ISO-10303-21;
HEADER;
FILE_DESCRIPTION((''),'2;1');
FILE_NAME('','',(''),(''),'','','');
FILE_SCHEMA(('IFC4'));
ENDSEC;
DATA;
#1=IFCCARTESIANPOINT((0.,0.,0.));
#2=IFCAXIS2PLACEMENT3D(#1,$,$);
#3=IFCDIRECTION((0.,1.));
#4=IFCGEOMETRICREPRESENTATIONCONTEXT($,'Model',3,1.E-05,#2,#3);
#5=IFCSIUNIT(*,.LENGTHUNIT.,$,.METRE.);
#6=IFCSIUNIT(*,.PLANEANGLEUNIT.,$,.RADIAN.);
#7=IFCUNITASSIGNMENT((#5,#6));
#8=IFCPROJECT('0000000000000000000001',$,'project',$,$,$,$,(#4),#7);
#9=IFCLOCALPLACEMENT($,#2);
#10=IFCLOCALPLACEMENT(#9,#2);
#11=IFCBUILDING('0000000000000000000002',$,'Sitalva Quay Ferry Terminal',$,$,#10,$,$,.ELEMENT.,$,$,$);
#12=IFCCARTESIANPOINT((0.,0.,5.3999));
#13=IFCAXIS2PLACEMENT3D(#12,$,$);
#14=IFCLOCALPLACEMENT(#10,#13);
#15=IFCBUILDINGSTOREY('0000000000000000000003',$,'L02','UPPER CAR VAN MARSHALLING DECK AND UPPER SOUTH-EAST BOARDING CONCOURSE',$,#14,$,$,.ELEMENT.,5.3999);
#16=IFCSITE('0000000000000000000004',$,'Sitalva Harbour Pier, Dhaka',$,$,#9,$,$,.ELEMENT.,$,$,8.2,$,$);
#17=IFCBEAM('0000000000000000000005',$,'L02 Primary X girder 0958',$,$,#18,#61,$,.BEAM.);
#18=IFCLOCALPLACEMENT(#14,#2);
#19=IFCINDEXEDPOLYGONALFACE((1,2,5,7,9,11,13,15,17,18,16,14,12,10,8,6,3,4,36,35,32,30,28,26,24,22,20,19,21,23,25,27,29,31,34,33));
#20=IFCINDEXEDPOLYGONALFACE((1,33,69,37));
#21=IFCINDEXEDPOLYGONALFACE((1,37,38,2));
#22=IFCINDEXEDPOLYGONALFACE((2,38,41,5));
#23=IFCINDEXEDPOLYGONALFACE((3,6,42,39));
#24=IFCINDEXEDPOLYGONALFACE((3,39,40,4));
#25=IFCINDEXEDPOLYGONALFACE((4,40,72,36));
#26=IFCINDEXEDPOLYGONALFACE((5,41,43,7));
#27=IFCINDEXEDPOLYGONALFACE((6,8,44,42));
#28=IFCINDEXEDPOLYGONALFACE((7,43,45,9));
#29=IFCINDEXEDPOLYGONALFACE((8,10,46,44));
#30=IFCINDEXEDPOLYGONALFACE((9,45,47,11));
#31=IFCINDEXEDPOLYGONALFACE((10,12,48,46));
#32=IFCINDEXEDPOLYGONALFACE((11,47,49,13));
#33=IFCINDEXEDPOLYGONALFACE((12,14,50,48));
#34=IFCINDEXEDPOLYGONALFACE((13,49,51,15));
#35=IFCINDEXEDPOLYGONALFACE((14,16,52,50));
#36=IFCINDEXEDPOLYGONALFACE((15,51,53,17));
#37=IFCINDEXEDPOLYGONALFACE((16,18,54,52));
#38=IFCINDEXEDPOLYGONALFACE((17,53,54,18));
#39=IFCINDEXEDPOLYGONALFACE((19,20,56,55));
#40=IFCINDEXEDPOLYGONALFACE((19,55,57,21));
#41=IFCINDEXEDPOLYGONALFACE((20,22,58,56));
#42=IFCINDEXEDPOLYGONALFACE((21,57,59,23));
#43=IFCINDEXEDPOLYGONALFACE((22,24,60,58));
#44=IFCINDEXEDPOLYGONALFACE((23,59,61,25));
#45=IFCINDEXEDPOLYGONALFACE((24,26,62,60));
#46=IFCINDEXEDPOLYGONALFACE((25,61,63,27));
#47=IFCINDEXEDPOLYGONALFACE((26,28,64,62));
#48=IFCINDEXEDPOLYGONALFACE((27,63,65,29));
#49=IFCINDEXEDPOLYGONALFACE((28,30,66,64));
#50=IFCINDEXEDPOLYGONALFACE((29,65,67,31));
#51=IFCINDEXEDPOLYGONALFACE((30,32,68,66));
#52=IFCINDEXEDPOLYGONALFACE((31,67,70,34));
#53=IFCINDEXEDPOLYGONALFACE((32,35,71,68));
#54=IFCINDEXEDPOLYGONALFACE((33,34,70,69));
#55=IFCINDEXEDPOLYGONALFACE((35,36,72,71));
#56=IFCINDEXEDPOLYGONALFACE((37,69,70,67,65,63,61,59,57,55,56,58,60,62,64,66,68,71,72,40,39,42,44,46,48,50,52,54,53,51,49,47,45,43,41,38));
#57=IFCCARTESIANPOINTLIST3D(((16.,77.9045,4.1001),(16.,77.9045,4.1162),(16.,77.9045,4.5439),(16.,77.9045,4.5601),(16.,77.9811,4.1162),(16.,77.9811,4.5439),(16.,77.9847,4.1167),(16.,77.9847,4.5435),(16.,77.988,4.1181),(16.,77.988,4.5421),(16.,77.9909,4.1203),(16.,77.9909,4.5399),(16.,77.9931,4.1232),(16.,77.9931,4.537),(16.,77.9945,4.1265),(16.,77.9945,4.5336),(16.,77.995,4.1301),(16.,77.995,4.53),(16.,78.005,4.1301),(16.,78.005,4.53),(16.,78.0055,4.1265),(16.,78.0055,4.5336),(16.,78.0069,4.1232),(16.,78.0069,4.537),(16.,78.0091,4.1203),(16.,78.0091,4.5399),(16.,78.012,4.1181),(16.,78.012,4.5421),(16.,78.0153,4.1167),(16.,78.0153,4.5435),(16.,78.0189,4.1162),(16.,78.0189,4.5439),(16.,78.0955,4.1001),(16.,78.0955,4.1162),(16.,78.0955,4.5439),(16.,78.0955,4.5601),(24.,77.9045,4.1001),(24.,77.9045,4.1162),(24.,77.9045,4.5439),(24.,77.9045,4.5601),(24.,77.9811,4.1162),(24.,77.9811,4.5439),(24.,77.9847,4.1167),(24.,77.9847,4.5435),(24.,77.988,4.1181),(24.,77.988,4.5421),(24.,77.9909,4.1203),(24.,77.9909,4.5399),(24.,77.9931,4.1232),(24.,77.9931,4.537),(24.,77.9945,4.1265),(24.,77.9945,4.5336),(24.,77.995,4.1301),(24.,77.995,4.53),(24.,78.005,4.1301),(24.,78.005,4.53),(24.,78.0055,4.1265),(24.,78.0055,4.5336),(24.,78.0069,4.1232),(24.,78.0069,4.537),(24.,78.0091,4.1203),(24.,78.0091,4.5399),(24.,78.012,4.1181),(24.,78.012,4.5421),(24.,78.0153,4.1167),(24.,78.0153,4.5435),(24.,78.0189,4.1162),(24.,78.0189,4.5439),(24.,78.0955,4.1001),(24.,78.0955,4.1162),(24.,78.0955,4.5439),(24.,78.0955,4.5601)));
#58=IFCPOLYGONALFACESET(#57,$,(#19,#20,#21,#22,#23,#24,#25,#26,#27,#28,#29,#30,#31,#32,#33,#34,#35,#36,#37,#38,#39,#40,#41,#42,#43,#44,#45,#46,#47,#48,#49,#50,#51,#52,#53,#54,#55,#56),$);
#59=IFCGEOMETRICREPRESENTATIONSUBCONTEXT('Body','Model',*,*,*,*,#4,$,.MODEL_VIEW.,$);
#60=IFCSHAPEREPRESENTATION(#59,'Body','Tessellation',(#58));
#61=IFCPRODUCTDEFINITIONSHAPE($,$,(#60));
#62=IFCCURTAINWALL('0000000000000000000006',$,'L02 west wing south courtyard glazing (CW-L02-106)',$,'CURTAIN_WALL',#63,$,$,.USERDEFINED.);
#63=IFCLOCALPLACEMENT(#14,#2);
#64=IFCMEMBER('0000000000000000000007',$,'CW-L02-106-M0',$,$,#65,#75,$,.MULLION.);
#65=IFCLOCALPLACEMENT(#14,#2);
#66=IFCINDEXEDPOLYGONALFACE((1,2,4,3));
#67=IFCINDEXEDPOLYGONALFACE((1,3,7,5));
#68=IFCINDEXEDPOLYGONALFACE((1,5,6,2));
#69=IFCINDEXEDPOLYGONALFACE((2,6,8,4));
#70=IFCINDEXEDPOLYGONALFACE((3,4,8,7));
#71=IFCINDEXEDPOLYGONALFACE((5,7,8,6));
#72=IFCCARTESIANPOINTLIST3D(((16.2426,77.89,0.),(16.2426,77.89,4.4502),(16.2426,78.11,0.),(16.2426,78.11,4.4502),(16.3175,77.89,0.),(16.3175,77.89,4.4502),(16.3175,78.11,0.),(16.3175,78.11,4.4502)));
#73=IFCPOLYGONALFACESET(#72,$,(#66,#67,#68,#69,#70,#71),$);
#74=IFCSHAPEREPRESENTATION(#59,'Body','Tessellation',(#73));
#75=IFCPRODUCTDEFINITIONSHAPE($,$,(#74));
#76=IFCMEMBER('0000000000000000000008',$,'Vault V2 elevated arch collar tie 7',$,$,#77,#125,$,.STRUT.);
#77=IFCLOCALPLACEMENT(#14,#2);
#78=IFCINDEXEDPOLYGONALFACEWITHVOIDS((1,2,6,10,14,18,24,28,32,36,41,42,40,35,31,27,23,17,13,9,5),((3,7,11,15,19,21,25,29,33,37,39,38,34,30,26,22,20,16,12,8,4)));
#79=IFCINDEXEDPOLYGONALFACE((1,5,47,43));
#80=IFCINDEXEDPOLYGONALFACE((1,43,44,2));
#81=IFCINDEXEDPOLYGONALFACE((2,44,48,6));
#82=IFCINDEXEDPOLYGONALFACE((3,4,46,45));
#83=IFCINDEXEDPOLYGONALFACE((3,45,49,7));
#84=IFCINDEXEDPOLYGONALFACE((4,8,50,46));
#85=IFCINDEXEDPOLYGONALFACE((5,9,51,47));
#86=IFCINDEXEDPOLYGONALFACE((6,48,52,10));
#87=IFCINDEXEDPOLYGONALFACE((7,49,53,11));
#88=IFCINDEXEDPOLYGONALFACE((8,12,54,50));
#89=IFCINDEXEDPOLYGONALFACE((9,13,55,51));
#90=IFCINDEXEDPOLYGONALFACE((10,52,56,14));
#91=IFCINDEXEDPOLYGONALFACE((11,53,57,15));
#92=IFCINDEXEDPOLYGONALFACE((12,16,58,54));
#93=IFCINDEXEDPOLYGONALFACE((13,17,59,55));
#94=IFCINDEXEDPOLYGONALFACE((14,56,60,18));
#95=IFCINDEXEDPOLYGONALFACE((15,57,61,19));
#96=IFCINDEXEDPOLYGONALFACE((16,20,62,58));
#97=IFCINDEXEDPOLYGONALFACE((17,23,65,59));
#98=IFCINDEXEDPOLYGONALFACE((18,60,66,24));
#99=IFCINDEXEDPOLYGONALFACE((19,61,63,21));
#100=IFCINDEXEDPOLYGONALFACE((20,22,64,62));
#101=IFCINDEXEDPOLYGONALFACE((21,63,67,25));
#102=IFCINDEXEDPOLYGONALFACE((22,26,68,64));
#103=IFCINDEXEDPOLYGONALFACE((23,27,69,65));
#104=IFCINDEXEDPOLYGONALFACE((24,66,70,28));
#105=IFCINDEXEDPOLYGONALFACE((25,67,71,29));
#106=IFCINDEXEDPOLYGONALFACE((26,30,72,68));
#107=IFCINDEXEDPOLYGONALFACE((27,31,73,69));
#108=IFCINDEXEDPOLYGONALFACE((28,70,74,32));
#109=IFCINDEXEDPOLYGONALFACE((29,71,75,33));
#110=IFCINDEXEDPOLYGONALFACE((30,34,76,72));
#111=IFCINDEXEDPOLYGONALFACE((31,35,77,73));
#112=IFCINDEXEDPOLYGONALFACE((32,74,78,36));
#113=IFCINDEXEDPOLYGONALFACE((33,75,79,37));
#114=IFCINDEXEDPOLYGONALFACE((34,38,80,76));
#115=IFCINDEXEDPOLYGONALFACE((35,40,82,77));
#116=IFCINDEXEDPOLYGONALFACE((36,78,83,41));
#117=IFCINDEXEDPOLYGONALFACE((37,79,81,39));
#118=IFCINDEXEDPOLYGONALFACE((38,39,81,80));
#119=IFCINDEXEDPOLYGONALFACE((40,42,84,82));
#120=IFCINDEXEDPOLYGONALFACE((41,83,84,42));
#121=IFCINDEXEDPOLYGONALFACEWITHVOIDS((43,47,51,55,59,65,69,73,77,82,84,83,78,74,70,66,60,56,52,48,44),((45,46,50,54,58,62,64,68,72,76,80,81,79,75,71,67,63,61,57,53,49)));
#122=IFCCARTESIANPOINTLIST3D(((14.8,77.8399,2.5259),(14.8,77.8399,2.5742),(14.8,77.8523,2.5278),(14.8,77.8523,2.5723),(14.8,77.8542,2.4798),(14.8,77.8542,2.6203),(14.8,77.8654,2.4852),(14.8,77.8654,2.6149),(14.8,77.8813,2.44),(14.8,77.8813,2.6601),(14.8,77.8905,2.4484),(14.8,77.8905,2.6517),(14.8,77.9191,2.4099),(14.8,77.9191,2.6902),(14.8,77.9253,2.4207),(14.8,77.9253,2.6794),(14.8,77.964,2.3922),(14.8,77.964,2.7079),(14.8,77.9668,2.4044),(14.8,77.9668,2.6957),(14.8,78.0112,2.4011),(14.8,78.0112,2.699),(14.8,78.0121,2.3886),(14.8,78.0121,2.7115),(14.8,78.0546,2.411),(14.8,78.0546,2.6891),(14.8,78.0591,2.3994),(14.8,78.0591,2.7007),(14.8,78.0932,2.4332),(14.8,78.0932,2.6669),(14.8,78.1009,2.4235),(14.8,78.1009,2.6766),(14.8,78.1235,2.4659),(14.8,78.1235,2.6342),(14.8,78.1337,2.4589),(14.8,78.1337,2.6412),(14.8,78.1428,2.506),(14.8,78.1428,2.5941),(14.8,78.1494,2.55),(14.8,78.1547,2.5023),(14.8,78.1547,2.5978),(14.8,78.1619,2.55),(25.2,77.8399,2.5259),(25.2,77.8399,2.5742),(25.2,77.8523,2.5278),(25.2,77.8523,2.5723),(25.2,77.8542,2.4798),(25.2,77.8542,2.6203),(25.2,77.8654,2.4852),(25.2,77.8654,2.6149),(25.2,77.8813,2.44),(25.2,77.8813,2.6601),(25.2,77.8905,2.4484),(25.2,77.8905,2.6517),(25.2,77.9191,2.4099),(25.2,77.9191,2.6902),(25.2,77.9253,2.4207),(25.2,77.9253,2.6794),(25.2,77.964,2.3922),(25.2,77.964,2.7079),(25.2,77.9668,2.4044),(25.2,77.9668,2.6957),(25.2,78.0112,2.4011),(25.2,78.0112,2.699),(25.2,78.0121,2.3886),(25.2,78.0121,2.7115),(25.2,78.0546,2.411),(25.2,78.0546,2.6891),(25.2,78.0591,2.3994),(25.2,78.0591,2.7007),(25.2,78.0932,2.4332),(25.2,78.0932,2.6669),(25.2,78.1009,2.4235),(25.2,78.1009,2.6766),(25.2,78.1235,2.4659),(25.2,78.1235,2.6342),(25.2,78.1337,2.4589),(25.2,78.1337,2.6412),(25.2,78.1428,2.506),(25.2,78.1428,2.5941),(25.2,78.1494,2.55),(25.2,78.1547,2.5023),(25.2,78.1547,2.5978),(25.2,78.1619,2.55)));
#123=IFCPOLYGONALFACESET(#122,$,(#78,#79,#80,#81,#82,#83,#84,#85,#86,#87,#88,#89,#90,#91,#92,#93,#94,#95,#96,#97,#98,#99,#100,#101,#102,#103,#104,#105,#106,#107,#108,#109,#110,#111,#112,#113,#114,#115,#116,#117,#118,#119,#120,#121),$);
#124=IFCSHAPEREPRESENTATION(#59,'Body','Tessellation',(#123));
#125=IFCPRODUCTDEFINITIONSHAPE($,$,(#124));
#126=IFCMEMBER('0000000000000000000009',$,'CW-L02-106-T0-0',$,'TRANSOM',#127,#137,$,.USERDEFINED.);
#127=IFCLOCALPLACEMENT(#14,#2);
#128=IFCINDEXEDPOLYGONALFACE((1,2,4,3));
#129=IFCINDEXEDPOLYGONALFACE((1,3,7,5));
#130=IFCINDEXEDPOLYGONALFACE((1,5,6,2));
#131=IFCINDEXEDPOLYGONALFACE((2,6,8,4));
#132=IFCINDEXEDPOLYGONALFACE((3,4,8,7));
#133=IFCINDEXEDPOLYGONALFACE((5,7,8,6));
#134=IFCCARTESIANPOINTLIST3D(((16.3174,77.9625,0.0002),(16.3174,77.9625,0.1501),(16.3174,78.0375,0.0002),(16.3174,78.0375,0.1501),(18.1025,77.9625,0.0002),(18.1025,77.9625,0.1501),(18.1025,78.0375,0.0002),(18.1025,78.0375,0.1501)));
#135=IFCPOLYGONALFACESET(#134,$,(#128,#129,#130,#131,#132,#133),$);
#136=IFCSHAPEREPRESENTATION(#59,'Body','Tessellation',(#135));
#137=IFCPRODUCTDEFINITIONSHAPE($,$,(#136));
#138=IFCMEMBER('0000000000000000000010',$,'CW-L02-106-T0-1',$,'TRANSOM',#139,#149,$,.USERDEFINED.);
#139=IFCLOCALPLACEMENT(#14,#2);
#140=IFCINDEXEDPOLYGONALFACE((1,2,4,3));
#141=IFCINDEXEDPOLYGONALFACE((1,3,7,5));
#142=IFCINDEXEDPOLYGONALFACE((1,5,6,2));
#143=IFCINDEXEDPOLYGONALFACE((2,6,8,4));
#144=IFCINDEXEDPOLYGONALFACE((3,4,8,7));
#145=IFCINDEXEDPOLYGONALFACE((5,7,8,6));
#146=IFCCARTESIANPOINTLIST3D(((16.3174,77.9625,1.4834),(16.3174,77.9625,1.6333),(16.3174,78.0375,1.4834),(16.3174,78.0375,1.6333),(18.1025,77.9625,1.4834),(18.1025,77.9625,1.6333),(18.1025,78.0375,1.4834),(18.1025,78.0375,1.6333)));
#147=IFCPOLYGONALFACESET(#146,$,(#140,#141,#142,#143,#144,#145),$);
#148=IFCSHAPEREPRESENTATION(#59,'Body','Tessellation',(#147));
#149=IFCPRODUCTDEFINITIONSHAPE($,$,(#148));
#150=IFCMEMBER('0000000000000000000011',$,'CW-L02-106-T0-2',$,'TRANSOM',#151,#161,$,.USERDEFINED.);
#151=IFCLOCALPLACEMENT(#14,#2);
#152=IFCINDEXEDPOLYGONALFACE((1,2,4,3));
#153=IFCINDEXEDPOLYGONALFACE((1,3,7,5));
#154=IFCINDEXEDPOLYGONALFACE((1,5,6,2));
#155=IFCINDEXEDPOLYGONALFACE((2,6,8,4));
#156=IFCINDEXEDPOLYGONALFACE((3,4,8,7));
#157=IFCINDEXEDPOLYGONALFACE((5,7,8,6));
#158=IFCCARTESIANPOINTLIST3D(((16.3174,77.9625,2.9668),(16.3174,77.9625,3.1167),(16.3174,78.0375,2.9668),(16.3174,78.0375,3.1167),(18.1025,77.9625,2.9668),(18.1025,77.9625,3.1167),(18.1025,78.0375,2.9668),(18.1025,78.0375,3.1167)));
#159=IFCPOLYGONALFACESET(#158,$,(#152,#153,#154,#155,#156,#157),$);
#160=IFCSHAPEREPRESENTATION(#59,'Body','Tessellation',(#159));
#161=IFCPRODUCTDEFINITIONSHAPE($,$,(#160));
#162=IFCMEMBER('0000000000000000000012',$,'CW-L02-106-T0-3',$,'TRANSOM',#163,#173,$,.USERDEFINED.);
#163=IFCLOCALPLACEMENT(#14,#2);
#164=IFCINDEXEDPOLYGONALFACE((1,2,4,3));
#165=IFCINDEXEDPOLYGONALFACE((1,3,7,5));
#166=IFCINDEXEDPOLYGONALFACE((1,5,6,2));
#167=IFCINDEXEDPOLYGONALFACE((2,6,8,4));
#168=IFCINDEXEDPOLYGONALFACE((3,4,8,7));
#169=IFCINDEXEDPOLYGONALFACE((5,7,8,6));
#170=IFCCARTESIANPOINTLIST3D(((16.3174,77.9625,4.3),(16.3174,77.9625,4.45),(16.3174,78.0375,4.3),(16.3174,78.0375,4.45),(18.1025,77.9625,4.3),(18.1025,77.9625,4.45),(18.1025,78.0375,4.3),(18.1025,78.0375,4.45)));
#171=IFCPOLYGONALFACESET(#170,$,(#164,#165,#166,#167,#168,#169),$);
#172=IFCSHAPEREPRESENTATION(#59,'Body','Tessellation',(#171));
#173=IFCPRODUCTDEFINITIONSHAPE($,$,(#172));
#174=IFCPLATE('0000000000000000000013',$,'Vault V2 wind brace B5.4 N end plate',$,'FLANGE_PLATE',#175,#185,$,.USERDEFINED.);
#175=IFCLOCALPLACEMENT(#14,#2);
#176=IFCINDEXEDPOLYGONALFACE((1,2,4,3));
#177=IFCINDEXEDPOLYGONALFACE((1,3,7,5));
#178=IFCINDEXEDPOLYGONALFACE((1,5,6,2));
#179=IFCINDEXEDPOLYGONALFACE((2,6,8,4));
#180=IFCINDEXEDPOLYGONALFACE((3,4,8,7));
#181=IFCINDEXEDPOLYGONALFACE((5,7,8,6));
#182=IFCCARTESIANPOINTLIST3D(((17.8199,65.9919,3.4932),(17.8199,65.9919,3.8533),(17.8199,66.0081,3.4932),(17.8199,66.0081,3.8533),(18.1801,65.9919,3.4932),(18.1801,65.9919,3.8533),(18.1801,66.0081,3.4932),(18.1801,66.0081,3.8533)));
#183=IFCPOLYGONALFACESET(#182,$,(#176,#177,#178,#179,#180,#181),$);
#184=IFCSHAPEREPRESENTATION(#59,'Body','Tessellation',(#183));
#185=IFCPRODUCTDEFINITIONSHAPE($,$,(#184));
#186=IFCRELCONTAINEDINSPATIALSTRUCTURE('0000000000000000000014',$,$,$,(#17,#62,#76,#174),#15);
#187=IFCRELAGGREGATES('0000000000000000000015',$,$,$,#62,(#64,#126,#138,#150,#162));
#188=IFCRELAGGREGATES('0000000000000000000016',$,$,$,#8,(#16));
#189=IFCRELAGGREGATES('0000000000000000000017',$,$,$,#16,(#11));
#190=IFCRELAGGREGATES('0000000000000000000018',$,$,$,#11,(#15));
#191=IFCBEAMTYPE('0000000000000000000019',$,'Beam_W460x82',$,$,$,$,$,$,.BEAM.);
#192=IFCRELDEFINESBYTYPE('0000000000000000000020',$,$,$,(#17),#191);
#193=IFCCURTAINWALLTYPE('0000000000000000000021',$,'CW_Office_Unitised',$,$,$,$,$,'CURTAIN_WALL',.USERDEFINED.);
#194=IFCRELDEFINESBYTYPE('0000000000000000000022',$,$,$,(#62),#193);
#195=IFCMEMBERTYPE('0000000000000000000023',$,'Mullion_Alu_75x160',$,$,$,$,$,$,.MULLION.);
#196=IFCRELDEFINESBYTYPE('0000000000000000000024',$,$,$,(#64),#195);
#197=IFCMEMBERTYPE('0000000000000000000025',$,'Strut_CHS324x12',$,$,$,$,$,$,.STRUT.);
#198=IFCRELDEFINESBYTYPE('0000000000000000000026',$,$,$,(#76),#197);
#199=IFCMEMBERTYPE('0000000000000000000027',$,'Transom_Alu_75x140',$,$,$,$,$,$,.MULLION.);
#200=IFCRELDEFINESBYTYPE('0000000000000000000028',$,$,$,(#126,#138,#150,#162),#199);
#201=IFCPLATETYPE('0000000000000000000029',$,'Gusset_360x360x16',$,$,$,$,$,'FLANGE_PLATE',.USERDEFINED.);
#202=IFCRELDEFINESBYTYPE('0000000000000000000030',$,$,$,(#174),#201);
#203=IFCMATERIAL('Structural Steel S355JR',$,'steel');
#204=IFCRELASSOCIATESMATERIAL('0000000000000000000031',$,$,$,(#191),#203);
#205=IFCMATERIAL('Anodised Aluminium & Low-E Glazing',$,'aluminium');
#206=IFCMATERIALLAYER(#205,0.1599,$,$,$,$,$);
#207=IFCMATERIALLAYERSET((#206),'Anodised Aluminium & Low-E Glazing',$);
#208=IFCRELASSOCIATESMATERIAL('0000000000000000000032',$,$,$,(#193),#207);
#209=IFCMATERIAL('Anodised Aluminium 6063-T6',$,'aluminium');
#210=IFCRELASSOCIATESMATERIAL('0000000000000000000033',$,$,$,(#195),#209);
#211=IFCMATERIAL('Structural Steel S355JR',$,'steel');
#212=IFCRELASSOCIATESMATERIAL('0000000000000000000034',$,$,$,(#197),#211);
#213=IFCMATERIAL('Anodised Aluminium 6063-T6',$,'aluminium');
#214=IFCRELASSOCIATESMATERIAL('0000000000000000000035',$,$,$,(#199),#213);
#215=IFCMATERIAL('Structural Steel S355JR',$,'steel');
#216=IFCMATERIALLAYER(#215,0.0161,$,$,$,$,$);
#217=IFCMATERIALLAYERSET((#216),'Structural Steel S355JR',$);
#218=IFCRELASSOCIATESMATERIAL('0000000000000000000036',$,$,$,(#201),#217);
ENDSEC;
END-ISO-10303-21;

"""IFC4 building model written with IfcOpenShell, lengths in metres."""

from ifc_helpers import new_model, si_unit, direction, frame, origin, origin_2d, place, context, subcontext, project, spatial, rectangle, hollow_circle, i_section, extrude, material, layer, layer_set, material_profile, profile_set, type_object, element, aggregate, save


model = new_model("IFC4")

# Units and contexts
model_context = context("Model", 3, precision=1e-05, world=origin(), true_north=direction((0.0, 1.0)))
body_context = subcontext(model_context, "Body", "Model", "MODEL_VIEW")
ifc_project = project(units=[si_unit("LENGTHUNIT", "METRE"), si_unit("PLANEANGLEUNIT", "RADIAN")], contexts=[model_context])

# Site, building, storey
site_placement = place(None, origin())
site = spatial("IfcSite", under=ifc_project, at=site_placement, Name="Sitalva Harbour Pier, Dhaka", CompositionType="ELEMENT", RefElevation=8.2)
building_placement = place(site_placement, origin())
building = spatial("IfcBuilding", under=site, at=building_placement, Name="Sitalva Quay Ferry Terminal", CompositionType="ELEMENT")
storey_placement = place(building_placement, frame((0.0, 0.0, 5.3999)))
storey = spatial("IfcBuildingStorey", under=building, at=storey_placement, Name="L02", Description="UPPER CAR VAN MARSHALLING DECK AND UPPER SOUTH-EAST BOARDING CONCOURSE", CompositionType="ELEMENT", Elevation=5.3999)

# Beam
ifc_material_1 = material(Name="Structural Steel S355JR", Category="steel")
ifc_material_profile_1 = material_profile(ifc_material_1, i_section(OverallWidth=0.1909, OverallDepth=0.46, WebThickness=0.01, FlangeThickness=0.0161, FilletRadius=0.0139, at=origin_2d()), Name="W460x82")
ifc_profile_set_1 = profile_set([ifc_material_profile_1], Name="Structural Steel S355JR")
beam_type_1 = type_object("IfcBeamType", Name="Beam_W460x82", PredefinedType="BEAM", material=ifc_profile_set_1)
beam_1_placement = place(storey_placement, frame((16.0, 78.0, 4.3301), z_axis=(1.0, 0.0, 0.0), x_axis=(0.0, 1.0, 0.0)))
element("IfcBeam", 1, at=beam_1_placement, inside=storey, type_object=beam_type_1, Name="L02 Primary X girder 0958", PredefinedType="BEAM", context=body_context, shape_type="SweptSolid", body=[
    extrude(i_section(OverallWidth=0.1909, OverallDepth=0.46, WebThickness=0.01, FlangeThickness=0.0161, FilletRadius=0.0139, at=origin_2d()), origin(), (0.0, 0.0, 1.0), 8.0),
])

# Curtain wall, member
ifc_material_2 = material(Name="Anodised Aluminium & Low-E Glazing", Category="aluminium")
ifc_layer_1 = layer(ifc_material_2, 0.1599)
ifc_layer_set_1 = layer_set([ifc_layer_1], Name="Anodised Aluminium & Low-E Glazing")
curtain_wall_type = type_object("IfcCurtainWallType", Name="CW_Office_Unitised", ElementType="CURTAIN_WALL", PredefinedType="USERDEFINED", material=ifc_layer_set_1)
curtain_wall_placement = place(storey_placement, origin())
curtain_wall = element("IfcCurtainWall", 2, at=curtain_wall_placement, inside=storey, type_object=curtain_wall_type, Name="L02 west wing south courtyard glazing (CW-L02-106)", ObjectType="CURTAIN_WALL", PredefinedType="USERDEFINED")
ifc_material_3 = material(Name="Anodised Aluminium 6063-T6", Category="aluminium")
ifc_material_profile_2 = material_profile(ifc_material_3, rectangle(XDim=0.075, YDim=0.22, at=origin_2d()), Name="ALU75x220")
ifc_profile_set_2 = profile_set([ifc_material_profile_2], Name="Anodised Aluminium 6063-T6")
member_type_1 = type_object("IfcMemberType", Name="Mullion_Alu_75x160", PredefinedType="MULLION", material=ifc_profile_set_2)
member_1_placement = place(storey_placement, frame((16.28, 78.0, 0.0), z_axis=(0.0, 0.0, 1.0), x_axis=(1.0, 0.0, 0.0)))
member_1 = element("IfcMember", 3, at=member_1_placement, type_object=member_type_1, Name="CW-L02-106-M0", PredefinedType="MULLION", context=body_context, shape_type="SweptSolid", body=[
    extrude(rectangle(XDim=0.075, YDim=0.22, at=origin_2d()), origin(), (0.0, 0.0, 1.0), 4.4502),
])

# Members
ifc_material_4 = material(Name="Structural Steel S355JR", Category="steel")
ifc_material_profile_3 = material_profile(ifc_material_4, hollow_circle(Radius=0.1619, WallThickness=0.0125, at=origin_2d()), Name="CHS324x12.5")
ifc_profile_set_3 = profile_set([ifc_material_profile_3], Name="Structural Steel S355JR")
member_type_2 = type_object("IfcMemberType", Name="Strut_CHS324x12", PredefinedType="STRUT", material=ifc_profile_set_3)
member_2_placement = place(storey_placement, frame((14.8, 78.0, 2.55), z_axis=(1.0, 0.0, 0.0), x_axis=(0.0, 1.0, 0.0)))
element("IfcMember", 4, at=member_2_placement, inside=storey, type_object=member_type_2, Name="Vault V2 elevated arch collar tie 7", PredefinedType="STRUT", context=body_context, shape_type="SweptSolid", body=[
    extrude(hollow_circle(Radius=0.1619, WallThickness=0.0125, at=origin_2d()), origin(), (0.0, 0.0, 1.0), 10.3999),
])
ifc_material_5 = material(Name="Anodised Aluminium 6063-T6", Category="aluminium")
ifc_material_profile_4 = material_profile(ifc_material_5, rectangle(XDim=0.075, YDim=0.1499, at=origin_2d()), Name="ALU75x150")
ifc_profile_set_4 = profile_set([ifc_material_profile_4], Name="Anodised Aluminium 6063-T6")
member_type_3 = type_object("IfcMemberType", Name="Transom_Alu_75x140", PredefinedType="MULLION", material=ifc_profile_set_4)
member_3_placement = place(storey_placement, frame((16.3174, 78.0, 0.0752), z_axis=(1.0, 0.0, 0.0), x_axis=(0.0, 1.0, 0.0)))
member_3 = element("IfcMember", 5, at=member_3_placement, type_object=member_type_3, Name="CW-L02-106-T0-0", ObjectType="TRANSOM", PredefinedType="USERDEFINED", context=body_context, shape_type="SweptSolid", body=[
    extrude(rectangle(XDim=0.075, YDim=0.1499, at=origin_2d()), origin(), (0.0, 0.0, 1.0), 1.7852),
])
member_4_placement = place(storey_placement, frame((16.3174, 78.0, 1.5583), z_axis=(1.0, 0.0, 0.0), x_axis=(0.0, 1.0, 0.0)))
member_4 = element("IfcMember", 6, at=member_4_placement, type_object=member_type_3, Name="CW-L02-106-T0-1", ObjectType="TRANSOM", PredefinedType="USERDEFINED", context=body_context, shape_type="SweptSolid", body=[
    extrude(rectangle(XDim=0.075, YDim=0.1499, at=origin_2d()), origin(), (0.0, 0.0, 1.0), 1.7852),
])
member_5_placement = place(storey_placement, frame((16.3174, 78.0, 3.0417), z_axis=(1.0, 0.0, 0.0), x_axis=(0.0, 1.0, 0.0)))
member_5 = element("IfcMember", 7, at=member_5_placement, type_object=member_type_3, Name="CW-L02-106-T0-2", ObjectType="TRANSOM", PredefinedType="USERDEFINED", context=body_context, shape_type="SweptSolid", body=[
    extrude(rectangle(XDim=0.075, YDim=0.1499, at=origin_2d()), origin(), (0.0, 0.0, 1.0), 1.7852),
])
member_6_placement = place(storey_placement, frame((16.3174, 78.0, 4.375), z_axis=(1.0, 0.0, 0.0), x_axis=(0.0, 1.0, 0.0)))
member_6 = element("IfcMember", 8, at=member_6_placement, type_object=member_type_3, Name="CW-L02-106-T0-3", ObjectType="TRANSOM", PredefinedType="USERDEFINED", context=body_context, shape_type="SweptSolid", body=[
    extrude(rectangle(XDim=0.075, YDim=0.1499, at=origin_2d()), origin(), (0.0, 0.0, 1.0), 1.7852),
])

# Plate
ifc_material_6 = material(Name="Structural Steel S355JR", Category="steel")
ifc_layer_2 = layer(ifc_material_6, 0.0161)
ifc_layer_set_2 = layer_set([ifc_layer_2], Name="Structural Steel S355JR")
plate_type_1 = type_object("IfcPlateType", Name="Gusset_360x360x16", ElementType="FLANGE_PLATE", PredefinedType="USERDEFINED", material=ifc_layer_set_2)
plate_1_placement = place(storey_placement, frame((18.0, 66.0, 3.4932), z_axis=(0.0, 0.0, 1.0), x_axis=(1.0, 0.0, 0.0)))
element("IfcPlate", 9, at=plate_1_placement, inside=storey, type_object=plate_type_1, Name="Vault V2 wind brace B5.4 N end plate", ObjectType="FLANGE_PLATE", PredefinedType="USERDEFINED", context=body_context, shape_type="SweptSolid", body=[
    extrude(rectangle(XDim=0.3601, YDim=0.0161, at=origin_2d()), origin(), (0.0, 0.0, 1.0), 0.3601),
])

aggregate(curtain_wall, [member_1, member_3, member_4, member_5, member_6])

save(model, "model.ifc")
